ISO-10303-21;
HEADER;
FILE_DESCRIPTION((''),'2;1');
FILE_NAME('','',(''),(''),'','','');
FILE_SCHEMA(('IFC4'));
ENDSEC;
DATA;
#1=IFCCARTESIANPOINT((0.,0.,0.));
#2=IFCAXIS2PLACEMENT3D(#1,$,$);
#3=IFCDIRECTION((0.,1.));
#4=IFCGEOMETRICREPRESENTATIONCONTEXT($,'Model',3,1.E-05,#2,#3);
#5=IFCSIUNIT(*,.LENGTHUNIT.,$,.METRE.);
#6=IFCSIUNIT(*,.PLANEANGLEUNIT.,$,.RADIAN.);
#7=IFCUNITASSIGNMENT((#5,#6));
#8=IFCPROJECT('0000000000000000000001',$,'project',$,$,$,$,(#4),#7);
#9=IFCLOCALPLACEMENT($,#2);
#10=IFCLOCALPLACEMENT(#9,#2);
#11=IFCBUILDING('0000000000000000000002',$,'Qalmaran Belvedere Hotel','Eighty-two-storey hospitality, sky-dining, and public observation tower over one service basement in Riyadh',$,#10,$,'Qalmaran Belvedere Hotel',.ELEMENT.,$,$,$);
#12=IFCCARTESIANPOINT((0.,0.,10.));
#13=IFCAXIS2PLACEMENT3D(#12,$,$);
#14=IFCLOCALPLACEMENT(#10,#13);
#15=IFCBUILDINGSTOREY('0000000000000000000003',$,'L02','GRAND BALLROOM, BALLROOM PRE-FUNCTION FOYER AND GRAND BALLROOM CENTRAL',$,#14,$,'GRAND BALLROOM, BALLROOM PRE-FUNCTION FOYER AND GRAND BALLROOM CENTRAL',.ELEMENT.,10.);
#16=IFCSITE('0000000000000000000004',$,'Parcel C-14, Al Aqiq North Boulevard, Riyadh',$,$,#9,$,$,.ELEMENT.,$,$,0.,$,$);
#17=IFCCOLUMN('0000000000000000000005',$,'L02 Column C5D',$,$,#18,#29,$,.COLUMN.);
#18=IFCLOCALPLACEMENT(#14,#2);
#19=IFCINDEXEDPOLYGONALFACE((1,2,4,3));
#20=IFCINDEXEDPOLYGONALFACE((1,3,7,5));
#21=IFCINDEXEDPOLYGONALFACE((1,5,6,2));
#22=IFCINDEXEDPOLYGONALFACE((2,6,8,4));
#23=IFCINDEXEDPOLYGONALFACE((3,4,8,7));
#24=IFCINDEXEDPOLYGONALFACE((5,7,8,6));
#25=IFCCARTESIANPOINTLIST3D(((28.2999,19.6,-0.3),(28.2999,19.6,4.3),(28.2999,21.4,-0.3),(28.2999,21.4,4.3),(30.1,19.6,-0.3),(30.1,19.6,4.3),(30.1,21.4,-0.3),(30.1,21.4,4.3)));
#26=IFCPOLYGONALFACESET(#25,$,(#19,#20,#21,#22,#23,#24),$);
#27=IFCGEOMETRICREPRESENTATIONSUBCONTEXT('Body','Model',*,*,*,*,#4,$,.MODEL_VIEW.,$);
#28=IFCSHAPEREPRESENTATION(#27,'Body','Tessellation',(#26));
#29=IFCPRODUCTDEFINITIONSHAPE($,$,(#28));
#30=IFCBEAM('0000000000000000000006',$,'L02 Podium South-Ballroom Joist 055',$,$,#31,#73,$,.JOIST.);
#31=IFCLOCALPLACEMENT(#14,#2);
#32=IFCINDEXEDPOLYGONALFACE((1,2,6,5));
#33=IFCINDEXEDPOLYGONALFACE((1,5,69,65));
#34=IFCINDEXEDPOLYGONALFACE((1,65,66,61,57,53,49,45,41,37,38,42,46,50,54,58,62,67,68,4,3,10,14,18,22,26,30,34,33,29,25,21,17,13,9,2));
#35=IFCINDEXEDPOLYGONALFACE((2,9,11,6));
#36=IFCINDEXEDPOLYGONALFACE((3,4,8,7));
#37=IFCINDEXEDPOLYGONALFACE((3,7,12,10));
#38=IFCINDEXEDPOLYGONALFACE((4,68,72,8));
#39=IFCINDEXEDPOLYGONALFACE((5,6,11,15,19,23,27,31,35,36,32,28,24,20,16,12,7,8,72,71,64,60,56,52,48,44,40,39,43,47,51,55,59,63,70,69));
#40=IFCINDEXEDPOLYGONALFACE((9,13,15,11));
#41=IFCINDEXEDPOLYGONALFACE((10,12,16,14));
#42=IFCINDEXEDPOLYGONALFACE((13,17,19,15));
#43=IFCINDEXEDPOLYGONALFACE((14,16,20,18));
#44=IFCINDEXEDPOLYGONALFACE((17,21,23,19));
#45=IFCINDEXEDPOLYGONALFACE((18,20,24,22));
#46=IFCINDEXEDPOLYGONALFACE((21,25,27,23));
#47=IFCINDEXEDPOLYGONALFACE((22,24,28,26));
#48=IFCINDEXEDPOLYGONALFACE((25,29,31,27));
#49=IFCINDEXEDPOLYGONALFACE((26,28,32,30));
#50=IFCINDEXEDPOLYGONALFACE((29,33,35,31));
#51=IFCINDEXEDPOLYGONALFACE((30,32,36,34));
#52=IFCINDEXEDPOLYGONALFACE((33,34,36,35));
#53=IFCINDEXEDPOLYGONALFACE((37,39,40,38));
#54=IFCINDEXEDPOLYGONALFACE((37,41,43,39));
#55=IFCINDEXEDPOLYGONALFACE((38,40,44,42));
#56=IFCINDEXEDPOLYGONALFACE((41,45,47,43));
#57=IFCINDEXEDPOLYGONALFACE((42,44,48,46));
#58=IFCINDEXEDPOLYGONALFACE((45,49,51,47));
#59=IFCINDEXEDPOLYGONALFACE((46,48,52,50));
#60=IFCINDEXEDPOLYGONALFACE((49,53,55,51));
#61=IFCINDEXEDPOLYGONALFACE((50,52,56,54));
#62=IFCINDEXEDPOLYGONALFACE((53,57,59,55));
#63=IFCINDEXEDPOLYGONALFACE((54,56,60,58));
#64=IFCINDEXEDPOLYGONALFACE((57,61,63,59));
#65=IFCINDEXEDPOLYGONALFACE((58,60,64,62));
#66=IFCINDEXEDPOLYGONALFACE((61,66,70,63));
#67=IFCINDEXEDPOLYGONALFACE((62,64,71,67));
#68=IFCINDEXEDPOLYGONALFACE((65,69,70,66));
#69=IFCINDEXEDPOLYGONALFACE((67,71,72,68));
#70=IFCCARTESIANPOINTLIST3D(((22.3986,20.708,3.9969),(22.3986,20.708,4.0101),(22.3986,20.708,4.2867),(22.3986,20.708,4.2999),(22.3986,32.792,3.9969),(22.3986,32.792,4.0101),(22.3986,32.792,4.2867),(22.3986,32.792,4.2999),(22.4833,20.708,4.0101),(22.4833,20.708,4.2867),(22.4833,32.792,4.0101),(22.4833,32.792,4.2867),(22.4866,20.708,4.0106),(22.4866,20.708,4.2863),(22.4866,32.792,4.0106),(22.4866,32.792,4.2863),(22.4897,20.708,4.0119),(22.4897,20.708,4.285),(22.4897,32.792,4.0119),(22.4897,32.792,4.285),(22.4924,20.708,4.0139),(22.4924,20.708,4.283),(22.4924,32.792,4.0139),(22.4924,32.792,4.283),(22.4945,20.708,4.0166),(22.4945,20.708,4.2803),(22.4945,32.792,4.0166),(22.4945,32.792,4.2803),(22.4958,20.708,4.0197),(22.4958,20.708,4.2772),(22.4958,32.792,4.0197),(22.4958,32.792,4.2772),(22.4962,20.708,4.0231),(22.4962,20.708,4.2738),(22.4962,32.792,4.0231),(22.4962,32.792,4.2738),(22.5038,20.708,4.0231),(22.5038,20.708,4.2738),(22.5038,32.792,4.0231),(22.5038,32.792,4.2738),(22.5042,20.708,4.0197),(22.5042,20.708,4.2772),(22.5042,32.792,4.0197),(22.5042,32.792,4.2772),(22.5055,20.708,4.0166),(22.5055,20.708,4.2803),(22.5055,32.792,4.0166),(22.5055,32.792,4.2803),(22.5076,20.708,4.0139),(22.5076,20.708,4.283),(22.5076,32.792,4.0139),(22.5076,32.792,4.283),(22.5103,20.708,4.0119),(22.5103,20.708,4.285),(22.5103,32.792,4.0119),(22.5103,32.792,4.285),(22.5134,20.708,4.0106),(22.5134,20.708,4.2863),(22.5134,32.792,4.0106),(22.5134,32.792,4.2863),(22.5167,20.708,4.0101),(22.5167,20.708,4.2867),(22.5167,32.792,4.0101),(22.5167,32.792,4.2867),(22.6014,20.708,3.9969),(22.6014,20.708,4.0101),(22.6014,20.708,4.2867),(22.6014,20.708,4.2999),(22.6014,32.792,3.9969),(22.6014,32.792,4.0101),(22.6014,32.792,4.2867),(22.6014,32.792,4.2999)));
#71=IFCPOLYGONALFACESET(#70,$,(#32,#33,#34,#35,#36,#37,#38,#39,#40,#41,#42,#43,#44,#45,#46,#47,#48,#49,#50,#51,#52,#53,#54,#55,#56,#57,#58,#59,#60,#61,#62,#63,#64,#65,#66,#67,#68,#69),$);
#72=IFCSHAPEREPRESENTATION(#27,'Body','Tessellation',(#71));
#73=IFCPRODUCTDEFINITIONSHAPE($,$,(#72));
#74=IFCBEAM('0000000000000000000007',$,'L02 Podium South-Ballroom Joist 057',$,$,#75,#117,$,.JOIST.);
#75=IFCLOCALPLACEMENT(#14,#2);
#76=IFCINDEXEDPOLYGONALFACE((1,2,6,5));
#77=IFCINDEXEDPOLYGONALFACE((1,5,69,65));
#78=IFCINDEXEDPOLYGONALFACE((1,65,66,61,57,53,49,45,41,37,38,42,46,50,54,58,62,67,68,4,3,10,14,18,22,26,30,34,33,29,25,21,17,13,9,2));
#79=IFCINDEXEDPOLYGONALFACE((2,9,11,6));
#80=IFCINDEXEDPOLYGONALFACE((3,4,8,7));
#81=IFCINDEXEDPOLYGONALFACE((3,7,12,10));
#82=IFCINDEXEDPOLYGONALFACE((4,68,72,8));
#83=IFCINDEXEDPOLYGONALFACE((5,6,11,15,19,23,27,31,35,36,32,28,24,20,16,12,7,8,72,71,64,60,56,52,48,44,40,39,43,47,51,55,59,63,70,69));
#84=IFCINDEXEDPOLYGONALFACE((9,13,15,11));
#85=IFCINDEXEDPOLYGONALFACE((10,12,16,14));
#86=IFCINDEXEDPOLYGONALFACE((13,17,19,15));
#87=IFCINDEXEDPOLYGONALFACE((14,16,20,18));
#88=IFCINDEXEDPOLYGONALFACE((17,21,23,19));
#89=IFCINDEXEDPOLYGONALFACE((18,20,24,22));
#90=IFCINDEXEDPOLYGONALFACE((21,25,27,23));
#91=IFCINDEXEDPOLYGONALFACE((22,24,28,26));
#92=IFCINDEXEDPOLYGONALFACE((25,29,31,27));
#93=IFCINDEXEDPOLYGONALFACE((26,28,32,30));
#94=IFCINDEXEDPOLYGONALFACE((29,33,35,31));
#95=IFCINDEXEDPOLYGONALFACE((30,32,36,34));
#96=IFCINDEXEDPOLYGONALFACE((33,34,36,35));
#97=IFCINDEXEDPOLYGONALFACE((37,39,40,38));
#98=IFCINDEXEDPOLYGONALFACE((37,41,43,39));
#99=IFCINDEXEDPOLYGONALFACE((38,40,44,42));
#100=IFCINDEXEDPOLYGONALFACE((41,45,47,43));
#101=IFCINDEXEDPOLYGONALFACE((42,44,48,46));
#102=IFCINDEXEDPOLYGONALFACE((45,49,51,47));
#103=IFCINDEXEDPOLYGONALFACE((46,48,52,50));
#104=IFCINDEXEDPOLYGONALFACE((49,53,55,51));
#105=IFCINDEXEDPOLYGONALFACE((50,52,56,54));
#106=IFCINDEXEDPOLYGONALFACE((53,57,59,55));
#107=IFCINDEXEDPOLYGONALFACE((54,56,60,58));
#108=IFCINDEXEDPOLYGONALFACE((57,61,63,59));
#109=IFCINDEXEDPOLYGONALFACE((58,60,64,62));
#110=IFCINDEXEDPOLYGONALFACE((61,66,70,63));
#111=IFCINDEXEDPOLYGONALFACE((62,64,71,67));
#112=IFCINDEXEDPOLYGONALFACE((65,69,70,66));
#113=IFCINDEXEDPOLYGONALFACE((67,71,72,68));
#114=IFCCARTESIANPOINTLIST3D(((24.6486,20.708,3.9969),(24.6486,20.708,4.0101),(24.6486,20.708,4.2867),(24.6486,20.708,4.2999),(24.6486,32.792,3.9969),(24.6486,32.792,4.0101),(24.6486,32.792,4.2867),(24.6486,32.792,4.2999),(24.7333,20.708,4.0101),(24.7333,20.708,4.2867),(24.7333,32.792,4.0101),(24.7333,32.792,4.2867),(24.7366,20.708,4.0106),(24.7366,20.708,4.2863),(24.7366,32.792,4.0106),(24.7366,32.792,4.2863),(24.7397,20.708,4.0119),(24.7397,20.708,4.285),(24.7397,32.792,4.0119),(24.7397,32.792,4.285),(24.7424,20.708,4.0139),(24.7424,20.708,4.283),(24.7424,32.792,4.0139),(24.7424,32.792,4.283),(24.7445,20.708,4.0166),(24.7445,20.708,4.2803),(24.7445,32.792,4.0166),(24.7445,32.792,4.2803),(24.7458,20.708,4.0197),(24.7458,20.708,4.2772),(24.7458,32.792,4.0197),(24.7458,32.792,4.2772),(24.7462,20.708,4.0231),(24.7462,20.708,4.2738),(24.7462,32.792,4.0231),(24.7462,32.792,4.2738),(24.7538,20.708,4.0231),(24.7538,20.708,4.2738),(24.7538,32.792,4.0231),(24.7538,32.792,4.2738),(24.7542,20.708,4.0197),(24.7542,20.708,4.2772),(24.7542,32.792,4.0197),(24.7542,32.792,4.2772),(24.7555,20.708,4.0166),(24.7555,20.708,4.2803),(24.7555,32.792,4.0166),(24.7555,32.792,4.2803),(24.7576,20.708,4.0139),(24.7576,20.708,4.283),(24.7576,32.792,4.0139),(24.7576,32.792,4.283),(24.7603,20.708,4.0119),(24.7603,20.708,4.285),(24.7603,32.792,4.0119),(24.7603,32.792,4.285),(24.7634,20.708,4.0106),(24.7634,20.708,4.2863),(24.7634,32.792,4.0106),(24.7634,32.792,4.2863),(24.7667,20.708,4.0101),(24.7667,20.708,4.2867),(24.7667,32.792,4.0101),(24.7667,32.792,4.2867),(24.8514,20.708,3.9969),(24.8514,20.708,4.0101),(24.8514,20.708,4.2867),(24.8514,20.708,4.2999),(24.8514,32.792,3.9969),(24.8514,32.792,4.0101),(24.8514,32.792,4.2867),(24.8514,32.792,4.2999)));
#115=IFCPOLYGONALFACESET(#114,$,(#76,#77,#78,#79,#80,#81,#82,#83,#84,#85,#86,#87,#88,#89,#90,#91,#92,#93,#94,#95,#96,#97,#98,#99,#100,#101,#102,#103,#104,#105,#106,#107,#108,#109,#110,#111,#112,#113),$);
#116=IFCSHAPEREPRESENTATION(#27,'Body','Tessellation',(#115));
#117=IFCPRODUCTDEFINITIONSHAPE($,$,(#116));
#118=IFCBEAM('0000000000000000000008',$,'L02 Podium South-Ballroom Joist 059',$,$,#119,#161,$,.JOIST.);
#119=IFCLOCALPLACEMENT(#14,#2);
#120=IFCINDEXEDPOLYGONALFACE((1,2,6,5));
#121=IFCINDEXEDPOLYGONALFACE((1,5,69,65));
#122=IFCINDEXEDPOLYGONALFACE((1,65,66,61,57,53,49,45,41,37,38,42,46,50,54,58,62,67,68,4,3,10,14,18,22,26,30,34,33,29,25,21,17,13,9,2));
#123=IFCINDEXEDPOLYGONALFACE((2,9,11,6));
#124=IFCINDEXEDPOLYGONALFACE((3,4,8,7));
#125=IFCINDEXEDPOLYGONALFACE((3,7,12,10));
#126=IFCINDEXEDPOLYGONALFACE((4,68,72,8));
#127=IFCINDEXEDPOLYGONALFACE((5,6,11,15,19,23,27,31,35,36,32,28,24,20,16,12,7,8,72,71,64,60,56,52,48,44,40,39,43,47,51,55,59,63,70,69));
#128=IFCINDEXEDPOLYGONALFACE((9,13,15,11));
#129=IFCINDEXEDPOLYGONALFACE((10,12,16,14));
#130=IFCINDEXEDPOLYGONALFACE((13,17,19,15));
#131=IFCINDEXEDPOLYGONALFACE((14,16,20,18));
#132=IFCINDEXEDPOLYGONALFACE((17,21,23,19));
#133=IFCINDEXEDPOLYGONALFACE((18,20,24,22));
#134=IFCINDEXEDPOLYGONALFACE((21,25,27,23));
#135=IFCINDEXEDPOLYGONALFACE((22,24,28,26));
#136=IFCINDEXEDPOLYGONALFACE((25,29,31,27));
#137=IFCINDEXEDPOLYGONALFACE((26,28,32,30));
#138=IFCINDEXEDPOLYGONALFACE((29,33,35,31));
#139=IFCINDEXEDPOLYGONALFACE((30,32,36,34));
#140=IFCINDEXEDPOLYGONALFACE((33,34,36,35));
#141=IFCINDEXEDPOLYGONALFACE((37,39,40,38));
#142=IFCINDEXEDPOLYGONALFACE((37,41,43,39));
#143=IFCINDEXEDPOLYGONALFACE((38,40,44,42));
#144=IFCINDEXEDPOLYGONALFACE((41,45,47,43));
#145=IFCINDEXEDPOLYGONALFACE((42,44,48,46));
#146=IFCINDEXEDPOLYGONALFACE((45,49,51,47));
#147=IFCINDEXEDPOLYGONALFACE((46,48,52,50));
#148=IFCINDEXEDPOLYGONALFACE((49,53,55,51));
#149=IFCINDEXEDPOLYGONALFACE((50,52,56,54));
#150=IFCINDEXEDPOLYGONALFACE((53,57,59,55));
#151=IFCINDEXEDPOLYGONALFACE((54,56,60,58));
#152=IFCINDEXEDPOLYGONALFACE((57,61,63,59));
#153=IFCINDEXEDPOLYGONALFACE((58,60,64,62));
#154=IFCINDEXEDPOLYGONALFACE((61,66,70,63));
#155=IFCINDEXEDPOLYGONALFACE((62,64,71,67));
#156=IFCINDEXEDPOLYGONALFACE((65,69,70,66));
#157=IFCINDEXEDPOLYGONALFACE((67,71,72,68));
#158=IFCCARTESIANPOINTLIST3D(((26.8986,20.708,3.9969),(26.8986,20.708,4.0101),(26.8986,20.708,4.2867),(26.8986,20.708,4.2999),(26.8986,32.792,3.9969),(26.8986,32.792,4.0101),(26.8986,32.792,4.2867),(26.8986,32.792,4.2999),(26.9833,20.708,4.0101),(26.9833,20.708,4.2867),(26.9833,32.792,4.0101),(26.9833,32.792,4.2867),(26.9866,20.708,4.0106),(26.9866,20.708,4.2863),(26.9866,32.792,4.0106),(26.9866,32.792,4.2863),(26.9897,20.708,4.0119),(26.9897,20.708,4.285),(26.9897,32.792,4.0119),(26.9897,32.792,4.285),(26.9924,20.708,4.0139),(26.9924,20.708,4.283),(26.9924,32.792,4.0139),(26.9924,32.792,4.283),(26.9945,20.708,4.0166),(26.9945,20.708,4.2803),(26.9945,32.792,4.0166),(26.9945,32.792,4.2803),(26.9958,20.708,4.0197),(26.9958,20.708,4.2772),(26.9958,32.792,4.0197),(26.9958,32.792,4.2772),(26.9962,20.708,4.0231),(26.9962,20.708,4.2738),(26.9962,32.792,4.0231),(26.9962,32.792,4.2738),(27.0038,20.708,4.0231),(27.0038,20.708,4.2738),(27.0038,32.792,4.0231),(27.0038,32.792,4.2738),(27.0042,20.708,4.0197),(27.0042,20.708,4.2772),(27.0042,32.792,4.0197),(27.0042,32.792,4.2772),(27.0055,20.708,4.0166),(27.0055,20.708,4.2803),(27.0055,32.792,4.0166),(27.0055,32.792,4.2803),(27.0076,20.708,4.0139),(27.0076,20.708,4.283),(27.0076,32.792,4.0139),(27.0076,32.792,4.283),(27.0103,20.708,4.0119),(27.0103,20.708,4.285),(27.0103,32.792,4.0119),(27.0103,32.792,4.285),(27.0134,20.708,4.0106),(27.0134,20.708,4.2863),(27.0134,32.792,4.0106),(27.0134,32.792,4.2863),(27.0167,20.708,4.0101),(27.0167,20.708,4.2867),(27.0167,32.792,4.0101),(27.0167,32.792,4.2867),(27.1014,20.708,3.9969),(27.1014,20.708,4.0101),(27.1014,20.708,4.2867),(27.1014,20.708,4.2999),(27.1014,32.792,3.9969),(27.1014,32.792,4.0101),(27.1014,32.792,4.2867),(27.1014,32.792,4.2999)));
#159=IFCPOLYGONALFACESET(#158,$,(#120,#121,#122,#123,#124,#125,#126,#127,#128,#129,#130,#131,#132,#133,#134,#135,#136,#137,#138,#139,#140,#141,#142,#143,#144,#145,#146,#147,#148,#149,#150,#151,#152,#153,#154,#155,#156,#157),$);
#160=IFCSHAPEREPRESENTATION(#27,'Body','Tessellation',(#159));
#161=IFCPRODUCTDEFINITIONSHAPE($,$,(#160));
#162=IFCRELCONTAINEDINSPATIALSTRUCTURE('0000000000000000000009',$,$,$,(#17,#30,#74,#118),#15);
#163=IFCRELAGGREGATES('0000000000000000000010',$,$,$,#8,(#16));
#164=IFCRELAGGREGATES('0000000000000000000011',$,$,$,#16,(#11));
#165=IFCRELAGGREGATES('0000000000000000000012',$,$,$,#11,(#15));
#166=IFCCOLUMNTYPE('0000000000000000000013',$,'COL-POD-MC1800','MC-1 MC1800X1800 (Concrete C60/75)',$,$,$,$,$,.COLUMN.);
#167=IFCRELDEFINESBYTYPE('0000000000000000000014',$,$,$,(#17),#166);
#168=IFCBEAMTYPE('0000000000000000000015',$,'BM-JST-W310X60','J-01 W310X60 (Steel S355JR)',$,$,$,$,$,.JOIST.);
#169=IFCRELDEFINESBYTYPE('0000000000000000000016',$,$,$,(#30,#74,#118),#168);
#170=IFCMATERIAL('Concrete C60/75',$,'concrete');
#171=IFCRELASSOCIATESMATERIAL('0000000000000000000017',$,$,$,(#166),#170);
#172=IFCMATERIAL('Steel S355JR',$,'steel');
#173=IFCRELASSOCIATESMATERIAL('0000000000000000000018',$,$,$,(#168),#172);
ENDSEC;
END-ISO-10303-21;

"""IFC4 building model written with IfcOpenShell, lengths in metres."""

from ifc_helpers import new_model, si_unit, direction, frame, origin, origin_2d, place, context, subcontext, project, spatial, rectangle, i_section, extrude, material, material_profile, profile_set, type_object, element, save


model = new_model("IFC4")

# Units and contexts
model_context = context("Model", 3, precision=1e-05, world=origin(), true_north=direction((0.0, 1.0)))
body_context = subcontext(model_context, "Body", "Model", "MODEL_VIEW")
ifc_project = project(units=[si_unit("LENGTHUNIT", "METRE"), si_unit("PLANEANGLEUNIT", "RADIAN")], contexts=[model_context])

# Site, building, storey
site_placement = place(None, origin())
site = spatial("IfcSite", under=ifc_project, at=site_placement, Name="Parcel C-14, Al Aqiq North Boulevard, Riyadh", CompositionType="ELEMENT", RefElevation=0.0)
building_placement = place(site_placement, origin())
building = spatial("IfcBuilding", under=site, at=building_placement, Name="Qalmaran Belvedere Hotel", Description="Eighty-two-storey hospitality, sky-dining, and public observation tower over one service basement in Riyadh", LongName="Qalmaran Belvedere Hotel", CompositionType="ELEMENT")
storey_placement = place(building_placement, frame((0.0, 0.0, 10.0)))
storey = spatial("IfcBuildingStorey", under=building, at=storey_placement, Name="L02", Description="GRAND BALLROOM, BALLROOM PRE-FUNCTION FOYER AND GRAND BALLROOM CENTRAL", LongName="GRAND BALLROOM, BALLROOM PRE-FUNCTION FOYER AND GRAND BALLROOM CENTRAL", CompositionType="ELEMENT", Elevation=10.0)

# Column
ifc_material_1 = material(Name="Concrete C60/75", Category="concrete")
ifc_material_profile_1 = material_profile(ifc_material_1, rectangle(XDim=1.8, YDim=1.8, at=origin_2d()), Name="MC1800X1800")
ifc_profile_set_1 = profile_set([ifc_material_profile_1], Name="Concrete C60/75")
column_type = type_object("IfcColumnType", Name="COL-POD-MC1800", Description="MC-1 MC1800X1800 (Concrete C60/75)", PredefinedType="COLUMN", material=ifc_profile_set_1)
column_placement = place(storey_placement, frame((29.2, 20.5, -0.3), z_axis=(0.0, 0.0, 1.0), x_axis=(1.0, 0.0, 0.0)))
element("IfcColumn", 1, at=column_placement, inside=storey, type_object=column_type, Name="L02 Column C5D", PredefinedType="COLUMN", context=body_context, shape_type="SweptSolid", body=[
    extrude(rectangle(XDim=1.8, YDim=1.8, at=origin_2d()), origin(), (0.0, 0.0, 1.0), 4.6001),
])

# Beams
ifc_material_2 = material(Name="Steel S355JR", Category="steel")
ifc_material_profile_2 = material_profile(ifc_material_2, i_section(OverallWidth=0.2029, OverallDepth=0.303, WebThickness=0.0076, FlangeThickness=0.0132, FilletRadius=0.0129, at=origin_2d()), Name="W310X60")
ifc_profile_set_2 = profile_set([ifc_material_profile_2], Name="Steel S355JR")
beam_type_1 = type_object("IfcBeamType", Name="BM-JST-W310X60", Description="J-01 W310X60 (Steel S355JR)", PredefinedType="JOIST", material=ifc_profile_set_2)
for number, where, z_axis, x_axis, name in (
    (2, (22.5, 20.708, 4.1484), (0.0, 1.0, 0.0), (-1.0, 0.0, 0.0), "L02 Podium South-Ballroom Joist 055"),
    (3, (24.75, 20.708, 4.1484), (0.0, 1.0, 0.0), (-1.0, 0.0, 0.0), "L02 Podium South-Ballroom Joist 057"),
    (4, (27.0, 20.708, 4.1484), (0.0, 1.0, 0.0), (-1.0, 0.0, 0.0), "L02 Podium South-Ballroom Joist 059"),
):
    element("IfcBeam", number, at=place(storey_placement, frame(where, z_axis=z_axis, x_axis=x_axis)), inside=storey, type_object=beam_type_1, Name=name, PredefinedType="JOIST", context=body_context, shape_type="SweptSolid", body=[
        extrude(i_section(OverallWidth=0.2029, OverallDepth=0.303, WebThickness=0.0076, FlangeThickness=0.0132, FilletRadius=0.0129, at=origin_2d()), origin(), (0.0, 0.0, 1.0), 12.084),
    ])

save(model, "model.ifc")
